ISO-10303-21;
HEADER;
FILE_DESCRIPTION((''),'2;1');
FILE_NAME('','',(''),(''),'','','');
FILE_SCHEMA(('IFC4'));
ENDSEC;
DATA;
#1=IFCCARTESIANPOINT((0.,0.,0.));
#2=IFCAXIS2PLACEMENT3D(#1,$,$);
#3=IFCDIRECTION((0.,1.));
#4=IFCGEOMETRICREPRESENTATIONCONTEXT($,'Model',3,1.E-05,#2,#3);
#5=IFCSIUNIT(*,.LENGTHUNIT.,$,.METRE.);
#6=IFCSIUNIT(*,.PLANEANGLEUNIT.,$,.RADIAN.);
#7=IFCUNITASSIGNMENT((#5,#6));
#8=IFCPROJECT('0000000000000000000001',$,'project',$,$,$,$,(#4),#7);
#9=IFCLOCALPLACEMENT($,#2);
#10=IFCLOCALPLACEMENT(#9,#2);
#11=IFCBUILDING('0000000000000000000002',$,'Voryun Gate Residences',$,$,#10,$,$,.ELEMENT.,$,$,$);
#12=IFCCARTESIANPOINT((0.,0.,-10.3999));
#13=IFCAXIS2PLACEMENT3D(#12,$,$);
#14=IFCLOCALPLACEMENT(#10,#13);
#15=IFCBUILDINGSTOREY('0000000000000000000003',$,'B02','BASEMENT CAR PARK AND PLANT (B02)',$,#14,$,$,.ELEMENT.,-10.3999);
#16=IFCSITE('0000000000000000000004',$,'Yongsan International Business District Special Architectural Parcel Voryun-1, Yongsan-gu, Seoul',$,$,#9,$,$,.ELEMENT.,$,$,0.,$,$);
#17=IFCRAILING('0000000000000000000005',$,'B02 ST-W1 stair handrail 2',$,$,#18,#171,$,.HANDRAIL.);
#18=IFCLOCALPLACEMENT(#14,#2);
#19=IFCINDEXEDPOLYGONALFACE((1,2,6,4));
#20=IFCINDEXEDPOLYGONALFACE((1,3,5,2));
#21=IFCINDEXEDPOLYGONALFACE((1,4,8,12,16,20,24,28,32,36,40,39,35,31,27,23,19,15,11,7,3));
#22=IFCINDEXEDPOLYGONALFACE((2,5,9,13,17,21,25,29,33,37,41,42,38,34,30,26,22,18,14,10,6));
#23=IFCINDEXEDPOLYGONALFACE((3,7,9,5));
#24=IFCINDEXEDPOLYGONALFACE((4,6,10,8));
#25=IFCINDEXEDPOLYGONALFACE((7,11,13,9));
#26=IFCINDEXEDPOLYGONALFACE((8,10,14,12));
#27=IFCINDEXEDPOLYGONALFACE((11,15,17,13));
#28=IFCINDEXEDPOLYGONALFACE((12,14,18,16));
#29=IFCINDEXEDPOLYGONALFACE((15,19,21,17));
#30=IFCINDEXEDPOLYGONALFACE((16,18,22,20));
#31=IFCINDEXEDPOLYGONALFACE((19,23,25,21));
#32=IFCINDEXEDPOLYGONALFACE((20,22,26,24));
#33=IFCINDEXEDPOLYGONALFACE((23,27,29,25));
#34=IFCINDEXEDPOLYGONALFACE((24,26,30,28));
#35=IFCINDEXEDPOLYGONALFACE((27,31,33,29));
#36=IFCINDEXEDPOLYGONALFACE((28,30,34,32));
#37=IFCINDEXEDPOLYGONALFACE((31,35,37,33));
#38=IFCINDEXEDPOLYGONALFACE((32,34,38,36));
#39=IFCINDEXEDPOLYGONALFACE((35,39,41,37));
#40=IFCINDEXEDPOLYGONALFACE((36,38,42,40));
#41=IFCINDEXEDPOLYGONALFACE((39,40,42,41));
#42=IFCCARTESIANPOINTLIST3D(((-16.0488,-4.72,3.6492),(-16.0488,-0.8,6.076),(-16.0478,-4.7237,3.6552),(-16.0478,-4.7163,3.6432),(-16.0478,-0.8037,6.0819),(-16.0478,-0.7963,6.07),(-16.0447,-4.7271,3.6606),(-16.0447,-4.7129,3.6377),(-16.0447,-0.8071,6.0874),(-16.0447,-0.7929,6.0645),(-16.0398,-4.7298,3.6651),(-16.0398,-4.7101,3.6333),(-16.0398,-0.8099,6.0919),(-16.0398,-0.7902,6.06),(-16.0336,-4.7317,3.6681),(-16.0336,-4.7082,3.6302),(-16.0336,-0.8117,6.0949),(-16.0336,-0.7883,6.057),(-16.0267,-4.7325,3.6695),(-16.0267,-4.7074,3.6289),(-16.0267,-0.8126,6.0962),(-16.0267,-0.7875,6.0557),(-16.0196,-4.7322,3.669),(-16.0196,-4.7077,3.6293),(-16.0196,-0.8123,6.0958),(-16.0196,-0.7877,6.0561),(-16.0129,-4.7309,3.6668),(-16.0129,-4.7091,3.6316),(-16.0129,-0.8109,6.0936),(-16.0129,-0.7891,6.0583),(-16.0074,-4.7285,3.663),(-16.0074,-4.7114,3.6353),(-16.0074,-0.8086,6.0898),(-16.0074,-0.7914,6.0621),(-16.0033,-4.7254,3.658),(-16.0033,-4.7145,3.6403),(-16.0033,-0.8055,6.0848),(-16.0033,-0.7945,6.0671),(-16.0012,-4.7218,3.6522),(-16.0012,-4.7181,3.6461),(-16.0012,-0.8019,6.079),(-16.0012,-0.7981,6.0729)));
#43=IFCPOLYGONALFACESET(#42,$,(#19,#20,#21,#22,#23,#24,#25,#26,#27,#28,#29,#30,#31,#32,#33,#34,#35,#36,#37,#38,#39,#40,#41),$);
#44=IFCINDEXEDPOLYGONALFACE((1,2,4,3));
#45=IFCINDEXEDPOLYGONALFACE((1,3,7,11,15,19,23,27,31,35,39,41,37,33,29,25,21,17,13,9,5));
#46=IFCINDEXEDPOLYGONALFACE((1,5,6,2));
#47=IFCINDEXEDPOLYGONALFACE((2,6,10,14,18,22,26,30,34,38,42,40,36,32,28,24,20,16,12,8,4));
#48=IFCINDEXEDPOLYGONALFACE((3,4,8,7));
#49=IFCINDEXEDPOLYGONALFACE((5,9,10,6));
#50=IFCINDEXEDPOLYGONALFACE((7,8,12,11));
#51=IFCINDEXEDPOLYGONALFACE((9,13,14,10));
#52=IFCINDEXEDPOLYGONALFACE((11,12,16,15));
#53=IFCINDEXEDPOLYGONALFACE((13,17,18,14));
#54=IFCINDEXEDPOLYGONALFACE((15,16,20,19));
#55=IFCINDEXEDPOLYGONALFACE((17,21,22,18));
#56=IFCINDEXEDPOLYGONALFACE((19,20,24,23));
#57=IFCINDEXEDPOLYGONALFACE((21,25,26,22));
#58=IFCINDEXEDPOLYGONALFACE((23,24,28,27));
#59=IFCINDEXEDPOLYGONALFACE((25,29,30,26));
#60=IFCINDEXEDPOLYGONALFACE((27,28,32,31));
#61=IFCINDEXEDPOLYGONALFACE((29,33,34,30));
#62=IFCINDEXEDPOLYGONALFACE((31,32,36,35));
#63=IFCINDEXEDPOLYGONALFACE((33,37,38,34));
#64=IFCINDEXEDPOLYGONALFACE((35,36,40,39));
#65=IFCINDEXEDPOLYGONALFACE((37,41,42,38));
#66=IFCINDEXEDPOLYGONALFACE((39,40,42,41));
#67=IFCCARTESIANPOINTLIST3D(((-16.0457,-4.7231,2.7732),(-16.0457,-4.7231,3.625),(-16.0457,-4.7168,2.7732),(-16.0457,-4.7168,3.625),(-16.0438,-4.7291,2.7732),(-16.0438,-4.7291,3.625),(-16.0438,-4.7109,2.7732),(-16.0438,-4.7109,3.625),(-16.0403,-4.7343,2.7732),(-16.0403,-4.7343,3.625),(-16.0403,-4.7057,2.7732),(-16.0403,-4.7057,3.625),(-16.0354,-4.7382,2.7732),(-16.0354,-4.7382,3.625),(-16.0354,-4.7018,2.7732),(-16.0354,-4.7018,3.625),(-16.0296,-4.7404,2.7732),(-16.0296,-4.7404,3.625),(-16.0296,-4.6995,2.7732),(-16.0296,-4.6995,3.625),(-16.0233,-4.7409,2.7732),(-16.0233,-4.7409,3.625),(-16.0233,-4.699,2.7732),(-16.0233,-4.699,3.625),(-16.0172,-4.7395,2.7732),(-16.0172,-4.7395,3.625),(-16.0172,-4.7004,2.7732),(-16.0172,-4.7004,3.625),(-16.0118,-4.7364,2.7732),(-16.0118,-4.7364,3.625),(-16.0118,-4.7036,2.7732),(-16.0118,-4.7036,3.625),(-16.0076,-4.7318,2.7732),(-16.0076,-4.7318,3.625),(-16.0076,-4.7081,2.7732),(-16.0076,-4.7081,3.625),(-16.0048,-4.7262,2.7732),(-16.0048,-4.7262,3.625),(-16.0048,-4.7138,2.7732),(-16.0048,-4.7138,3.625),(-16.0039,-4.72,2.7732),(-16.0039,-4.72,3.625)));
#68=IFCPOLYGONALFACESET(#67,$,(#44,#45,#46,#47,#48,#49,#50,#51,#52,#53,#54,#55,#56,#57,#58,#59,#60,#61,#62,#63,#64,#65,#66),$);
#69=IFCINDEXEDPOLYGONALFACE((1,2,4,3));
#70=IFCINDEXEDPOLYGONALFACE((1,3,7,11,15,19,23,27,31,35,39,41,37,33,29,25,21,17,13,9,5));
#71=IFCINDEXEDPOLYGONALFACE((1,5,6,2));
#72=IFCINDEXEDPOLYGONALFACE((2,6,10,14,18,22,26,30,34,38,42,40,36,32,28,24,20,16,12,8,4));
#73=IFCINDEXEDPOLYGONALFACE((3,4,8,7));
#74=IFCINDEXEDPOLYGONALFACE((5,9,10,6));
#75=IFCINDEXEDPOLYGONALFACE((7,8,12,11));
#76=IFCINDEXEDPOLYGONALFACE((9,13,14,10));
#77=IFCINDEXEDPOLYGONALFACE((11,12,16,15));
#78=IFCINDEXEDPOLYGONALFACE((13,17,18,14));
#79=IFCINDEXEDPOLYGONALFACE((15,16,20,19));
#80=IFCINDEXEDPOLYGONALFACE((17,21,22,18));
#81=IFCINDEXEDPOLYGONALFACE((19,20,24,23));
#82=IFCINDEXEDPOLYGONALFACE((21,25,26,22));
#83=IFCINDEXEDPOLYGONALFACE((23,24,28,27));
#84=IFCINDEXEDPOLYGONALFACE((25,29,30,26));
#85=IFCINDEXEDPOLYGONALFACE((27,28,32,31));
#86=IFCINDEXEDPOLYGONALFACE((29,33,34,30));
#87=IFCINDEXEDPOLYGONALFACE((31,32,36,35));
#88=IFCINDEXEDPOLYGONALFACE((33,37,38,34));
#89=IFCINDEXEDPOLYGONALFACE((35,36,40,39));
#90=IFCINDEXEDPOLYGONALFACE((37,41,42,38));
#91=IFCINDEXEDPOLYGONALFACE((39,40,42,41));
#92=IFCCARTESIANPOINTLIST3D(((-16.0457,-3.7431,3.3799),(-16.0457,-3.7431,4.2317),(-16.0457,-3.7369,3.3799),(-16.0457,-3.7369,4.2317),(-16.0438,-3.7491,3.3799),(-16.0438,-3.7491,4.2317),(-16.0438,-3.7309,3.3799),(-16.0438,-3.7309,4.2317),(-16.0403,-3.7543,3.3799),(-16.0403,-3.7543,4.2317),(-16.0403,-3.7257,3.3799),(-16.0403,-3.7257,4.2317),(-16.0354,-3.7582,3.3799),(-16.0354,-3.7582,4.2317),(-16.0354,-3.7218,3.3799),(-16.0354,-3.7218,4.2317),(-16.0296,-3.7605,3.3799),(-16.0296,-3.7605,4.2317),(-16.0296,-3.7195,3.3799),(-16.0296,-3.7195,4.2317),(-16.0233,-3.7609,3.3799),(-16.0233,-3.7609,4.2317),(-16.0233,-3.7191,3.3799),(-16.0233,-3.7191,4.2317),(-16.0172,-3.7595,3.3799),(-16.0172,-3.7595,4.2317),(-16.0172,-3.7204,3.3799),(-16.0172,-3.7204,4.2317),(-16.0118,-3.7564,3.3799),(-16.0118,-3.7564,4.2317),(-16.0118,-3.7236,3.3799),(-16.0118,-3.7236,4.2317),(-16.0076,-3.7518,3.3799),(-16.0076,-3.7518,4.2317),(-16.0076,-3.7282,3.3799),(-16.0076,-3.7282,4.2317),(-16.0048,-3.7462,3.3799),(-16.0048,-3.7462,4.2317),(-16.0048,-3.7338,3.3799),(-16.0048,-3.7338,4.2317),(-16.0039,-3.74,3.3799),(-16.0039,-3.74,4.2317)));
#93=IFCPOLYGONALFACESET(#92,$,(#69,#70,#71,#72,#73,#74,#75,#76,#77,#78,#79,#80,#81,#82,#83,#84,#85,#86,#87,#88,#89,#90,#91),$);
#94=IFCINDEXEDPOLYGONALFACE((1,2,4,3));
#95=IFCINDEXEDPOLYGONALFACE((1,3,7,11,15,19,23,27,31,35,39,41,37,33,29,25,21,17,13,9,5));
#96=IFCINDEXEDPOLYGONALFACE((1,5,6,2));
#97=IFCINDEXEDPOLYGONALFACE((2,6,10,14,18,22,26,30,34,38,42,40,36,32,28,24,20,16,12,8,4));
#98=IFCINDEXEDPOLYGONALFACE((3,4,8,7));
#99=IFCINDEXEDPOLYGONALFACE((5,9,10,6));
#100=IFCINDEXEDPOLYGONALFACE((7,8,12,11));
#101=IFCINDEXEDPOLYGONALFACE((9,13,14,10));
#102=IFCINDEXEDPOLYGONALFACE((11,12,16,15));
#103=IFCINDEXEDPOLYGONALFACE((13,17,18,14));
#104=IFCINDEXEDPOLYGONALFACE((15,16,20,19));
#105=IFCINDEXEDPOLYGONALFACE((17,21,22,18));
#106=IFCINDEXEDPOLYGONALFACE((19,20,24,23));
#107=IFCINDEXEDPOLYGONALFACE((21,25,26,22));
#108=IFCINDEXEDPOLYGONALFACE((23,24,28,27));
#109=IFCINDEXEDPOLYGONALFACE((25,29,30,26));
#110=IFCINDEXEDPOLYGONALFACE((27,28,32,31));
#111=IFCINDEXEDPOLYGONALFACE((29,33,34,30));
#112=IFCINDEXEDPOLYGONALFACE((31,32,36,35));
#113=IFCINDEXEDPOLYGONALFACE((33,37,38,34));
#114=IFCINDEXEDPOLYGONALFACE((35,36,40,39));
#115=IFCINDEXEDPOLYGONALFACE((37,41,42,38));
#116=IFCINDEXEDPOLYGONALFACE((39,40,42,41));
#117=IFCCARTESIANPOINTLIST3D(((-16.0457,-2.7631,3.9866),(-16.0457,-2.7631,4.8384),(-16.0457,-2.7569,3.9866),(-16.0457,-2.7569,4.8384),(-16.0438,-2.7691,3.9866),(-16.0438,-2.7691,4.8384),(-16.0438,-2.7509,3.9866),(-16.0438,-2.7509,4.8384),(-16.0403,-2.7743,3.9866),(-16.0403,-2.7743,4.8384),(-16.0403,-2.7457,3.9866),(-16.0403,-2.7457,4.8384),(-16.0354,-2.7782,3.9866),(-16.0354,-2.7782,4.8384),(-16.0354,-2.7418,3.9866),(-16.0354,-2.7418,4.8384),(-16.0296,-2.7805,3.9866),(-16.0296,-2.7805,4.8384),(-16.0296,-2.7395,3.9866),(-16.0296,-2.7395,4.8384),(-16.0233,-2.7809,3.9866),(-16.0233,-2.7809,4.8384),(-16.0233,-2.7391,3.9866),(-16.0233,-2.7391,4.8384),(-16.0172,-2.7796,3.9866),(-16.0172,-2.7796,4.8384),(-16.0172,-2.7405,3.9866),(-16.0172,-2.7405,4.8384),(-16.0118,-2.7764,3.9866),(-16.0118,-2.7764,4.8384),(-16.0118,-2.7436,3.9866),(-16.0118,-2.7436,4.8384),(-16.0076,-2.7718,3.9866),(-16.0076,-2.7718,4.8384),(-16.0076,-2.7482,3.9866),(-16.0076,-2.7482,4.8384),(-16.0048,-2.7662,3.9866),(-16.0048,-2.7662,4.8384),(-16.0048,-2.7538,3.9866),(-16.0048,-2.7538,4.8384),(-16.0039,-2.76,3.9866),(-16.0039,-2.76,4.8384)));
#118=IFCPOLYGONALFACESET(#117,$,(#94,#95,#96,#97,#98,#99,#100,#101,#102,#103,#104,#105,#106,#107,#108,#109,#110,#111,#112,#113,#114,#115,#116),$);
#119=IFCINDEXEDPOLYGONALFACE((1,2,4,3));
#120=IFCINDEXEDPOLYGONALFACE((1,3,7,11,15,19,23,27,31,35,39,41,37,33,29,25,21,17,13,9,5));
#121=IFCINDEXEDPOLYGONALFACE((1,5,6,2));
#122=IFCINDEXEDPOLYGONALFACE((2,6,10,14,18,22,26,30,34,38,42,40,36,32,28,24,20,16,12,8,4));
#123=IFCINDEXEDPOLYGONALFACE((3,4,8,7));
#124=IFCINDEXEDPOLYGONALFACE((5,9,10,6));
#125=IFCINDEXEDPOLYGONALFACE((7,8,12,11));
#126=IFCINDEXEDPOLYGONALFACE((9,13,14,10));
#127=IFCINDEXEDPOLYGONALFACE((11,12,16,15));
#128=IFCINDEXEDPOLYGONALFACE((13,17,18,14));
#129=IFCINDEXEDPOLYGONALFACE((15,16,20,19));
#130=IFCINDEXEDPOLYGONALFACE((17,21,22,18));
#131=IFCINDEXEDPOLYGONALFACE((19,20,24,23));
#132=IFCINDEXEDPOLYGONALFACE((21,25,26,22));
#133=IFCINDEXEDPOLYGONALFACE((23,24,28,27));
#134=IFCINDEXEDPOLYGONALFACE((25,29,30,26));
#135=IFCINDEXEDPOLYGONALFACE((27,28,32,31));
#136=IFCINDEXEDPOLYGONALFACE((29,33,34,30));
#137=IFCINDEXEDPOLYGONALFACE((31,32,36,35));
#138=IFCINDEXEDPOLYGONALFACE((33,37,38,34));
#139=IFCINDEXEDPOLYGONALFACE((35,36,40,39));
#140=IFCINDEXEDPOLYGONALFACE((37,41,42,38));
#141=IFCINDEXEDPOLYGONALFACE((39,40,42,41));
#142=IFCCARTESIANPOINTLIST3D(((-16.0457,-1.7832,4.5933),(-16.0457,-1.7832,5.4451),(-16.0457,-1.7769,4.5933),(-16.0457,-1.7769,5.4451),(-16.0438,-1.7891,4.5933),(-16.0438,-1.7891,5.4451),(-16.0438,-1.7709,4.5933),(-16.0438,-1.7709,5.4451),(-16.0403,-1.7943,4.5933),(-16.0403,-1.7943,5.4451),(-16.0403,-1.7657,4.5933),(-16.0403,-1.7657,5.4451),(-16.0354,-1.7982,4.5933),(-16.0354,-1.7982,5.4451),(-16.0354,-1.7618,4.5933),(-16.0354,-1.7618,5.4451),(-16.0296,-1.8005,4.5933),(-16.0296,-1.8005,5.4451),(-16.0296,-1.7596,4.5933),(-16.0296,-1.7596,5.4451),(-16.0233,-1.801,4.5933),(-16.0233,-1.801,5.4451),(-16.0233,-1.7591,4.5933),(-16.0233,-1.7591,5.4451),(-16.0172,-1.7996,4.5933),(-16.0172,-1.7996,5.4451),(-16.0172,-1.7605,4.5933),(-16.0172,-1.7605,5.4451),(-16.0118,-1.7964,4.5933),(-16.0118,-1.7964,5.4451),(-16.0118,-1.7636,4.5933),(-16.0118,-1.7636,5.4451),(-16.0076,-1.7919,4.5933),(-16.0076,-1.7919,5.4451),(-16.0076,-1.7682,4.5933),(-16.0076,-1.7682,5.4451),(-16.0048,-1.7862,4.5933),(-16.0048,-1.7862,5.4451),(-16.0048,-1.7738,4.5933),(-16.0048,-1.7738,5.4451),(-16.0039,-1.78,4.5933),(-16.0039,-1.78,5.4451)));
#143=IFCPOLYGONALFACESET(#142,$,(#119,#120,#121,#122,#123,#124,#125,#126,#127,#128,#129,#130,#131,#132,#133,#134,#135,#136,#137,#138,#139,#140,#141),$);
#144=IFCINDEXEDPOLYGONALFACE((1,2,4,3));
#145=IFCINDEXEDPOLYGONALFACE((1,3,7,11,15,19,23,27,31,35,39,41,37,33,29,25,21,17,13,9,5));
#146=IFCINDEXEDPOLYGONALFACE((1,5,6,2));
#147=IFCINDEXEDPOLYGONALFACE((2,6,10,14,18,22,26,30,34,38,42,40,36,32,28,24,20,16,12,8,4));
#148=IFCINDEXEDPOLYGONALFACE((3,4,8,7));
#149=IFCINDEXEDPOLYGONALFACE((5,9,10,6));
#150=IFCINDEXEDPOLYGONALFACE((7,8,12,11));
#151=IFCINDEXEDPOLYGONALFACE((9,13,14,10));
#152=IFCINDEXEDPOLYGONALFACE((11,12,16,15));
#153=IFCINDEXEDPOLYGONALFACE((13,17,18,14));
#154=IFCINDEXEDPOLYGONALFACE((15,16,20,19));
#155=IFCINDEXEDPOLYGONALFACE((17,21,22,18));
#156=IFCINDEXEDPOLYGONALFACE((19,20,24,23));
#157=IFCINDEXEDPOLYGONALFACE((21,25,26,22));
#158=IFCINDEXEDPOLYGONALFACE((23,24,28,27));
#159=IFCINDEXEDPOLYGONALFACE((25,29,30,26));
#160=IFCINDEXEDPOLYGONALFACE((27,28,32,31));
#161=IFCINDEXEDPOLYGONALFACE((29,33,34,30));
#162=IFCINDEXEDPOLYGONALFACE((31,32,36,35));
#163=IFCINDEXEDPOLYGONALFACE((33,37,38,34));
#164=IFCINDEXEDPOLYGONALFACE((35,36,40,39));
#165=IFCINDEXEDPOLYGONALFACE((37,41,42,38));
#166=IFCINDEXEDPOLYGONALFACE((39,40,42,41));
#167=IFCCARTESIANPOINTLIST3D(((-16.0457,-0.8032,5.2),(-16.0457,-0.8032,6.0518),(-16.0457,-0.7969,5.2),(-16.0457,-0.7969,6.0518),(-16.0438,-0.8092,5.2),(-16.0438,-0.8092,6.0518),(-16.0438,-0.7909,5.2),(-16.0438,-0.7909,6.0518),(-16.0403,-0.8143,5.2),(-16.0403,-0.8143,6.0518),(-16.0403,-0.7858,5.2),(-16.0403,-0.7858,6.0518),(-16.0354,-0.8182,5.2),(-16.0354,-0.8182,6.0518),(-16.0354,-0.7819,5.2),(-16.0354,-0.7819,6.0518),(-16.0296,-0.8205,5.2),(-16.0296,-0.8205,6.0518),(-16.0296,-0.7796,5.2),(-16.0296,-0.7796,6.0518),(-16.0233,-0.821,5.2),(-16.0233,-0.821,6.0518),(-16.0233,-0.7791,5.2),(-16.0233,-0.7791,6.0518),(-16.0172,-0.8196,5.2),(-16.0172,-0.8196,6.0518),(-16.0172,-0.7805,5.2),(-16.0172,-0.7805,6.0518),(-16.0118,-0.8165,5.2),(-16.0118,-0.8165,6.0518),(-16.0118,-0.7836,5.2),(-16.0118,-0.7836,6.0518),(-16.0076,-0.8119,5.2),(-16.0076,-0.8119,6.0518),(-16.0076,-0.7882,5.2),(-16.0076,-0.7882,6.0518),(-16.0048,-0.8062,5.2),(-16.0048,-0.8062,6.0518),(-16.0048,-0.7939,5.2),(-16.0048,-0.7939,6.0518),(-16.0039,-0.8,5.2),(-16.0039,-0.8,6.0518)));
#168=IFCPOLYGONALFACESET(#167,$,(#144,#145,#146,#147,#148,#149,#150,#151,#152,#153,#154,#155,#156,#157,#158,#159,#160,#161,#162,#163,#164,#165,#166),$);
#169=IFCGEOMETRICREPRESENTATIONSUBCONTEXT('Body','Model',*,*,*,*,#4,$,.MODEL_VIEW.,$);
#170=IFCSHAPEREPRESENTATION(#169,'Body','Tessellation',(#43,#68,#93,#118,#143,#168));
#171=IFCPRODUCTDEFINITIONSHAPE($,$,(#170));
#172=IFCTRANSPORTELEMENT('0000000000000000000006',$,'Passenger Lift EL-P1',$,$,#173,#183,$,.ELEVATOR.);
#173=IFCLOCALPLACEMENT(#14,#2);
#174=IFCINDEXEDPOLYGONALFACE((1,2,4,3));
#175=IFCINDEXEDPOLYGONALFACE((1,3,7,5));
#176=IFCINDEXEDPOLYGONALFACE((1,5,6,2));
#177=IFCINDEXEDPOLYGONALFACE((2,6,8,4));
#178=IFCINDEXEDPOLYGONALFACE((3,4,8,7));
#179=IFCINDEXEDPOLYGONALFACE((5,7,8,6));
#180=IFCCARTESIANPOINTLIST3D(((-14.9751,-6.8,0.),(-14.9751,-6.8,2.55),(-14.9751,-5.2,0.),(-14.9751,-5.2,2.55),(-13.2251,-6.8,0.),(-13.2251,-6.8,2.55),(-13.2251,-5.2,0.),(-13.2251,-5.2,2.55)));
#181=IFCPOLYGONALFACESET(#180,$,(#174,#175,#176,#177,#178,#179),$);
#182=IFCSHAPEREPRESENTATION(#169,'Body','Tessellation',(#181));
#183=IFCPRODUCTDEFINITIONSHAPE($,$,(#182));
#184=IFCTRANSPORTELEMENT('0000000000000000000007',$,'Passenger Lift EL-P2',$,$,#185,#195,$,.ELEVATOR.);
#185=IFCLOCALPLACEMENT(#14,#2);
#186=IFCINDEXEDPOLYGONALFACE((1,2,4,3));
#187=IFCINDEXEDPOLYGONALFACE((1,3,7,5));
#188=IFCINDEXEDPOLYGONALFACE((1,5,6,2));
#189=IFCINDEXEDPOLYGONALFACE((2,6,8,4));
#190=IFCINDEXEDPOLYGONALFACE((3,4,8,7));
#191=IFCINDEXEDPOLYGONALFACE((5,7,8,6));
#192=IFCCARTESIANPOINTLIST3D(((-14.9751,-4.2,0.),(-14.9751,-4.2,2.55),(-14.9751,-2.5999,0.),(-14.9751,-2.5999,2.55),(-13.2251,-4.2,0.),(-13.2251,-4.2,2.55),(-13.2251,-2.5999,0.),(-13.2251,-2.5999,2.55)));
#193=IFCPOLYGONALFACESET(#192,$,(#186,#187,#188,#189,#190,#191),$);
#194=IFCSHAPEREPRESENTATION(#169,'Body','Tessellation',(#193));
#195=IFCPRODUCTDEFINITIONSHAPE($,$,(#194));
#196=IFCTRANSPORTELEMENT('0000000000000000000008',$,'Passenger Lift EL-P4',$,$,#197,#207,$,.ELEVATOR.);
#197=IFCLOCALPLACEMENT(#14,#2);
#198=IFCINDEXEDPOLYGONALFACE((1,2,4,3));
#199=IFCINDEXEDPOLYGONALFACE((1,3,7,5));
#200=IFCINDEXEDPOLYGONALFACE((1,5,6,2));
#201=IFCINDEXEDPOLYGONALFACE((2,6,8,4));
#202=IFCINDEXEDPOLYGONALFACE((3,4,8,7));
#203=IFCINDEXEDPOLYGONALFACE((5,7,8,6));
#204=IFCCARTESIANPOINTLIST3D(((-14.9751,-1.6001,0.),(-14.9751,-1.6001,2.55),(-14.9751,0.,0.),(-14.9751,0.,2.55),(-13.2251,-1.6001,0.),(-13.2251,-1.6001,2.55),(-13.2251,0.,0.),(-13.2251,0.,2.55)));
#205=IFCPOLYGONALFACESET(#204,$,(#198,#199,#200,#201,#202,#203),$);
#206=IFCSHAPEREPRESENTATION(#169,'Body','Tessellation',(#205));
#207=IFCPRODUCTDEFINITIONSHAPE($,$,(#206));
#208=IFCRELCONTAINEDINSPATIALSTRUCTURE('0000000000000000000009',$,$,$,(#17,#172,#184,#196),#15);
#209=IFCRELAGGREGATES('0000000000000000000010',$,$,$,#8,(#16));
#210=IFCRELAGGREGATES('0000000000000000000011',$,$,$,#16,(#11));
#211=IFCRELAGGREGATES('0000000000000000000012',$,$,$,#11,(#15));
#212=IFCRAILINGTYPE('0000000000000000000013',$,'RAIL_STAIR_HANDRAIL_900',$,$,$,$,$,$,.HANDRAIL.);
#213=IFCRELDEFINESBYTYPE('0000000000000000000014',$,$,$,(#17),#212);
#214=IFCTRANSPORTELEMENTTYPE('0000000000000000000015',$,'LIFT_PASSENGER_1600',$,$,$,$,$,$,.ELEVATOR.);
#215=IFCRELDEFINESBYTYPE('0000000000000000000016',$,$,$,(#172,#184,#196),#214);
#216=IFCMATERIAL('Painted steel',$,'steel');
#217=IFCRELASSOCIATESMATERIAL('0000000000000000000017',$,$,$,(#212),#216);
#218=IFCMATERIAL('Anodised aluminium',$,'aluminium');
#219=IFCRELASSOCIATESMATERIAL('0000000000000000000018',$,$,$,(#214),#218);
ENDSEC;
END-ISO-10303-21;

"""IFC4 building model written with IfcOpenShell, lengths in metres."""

from ifc_helpers import new_model, si_unit, direction, frame, origin, origin_2d, place, context, subcontext, project, spatial, rectangle, circle, extrude, material, type_object, element, save


model = new_model("IFC4")

# Units and contexts
model_context = context("Model", 3, precision=1e-05, world=origin(), true_north=direction((0.0, 1.0)))
body_context = subcontext(model_context, "Body", "Model", "MODEL_VIEW")
ifc_project = project(units=[si_unit("LENGTHUNIT", "METRE"), si_unit("PLANEANGLEUNIT", "RADIAN")], contexts=[model_context])

# Site, building, storey
site_placement = place(None, origin())
site = spatial("IfcSite", under=ifc_project, at=site_placement, Name="Yongsan International Business District Special Architectural Parcel Voryun-1, Yongsan-gu, Seoul", CompositionType="ELEMENT", RefElevation=0.0)
building_placement = place(site_placement, origin())
building = spatial("IfcBuilding", under=site, at=building_placement, Name="Voryun Gate Residences", CompositionType="ELEMENT")
storey_placement = place(building_placement, frame((0.0, 0.0, -10.3999)))
storey = spatial("IfcBuildingStorey", under=building, at=storey_placement, Name="B02", Description="BASEMENT CAR PARK AND PLANT (B02)", CompositionType="ELEMENT", Elevation=-10.3999)

# Railing
ifc_material_1 = material(Name="Painted steel", Category="steel")
railing_type_1 = type_object("IfcRailingType", Name="RAIL_STAIR_HANDRAIL_900", PredefinedType="HANDRAIL", material=ifc_material_1)
railing_1_placement = place(storey_placement, frame((-16.0249, -4.72, 2.7732)))
element("IfcRailing", 1, at=railing_1_placement, inside=storey, type_object=railing_type_1, Name="B02 ST-W1 stair handrail 2", PredefinedType="HANDRAIL", context=body_context, shape_type="SweptSolid", body=[
    extrude(circle(Radius=0.0239, at=origin_2d()), frame((0.0, 0.0, 0.876), z_axis=(0.0, 0.850252, 0.526376), x_axis=(-1.0, 0.0, 0.0)), (0.0, 0.0, 1.0), 4.6104),
    extrude(circle(Radius=0.021, at=origin_2d()), origin(), (0.0, 0.0, 1.0), 0.8518),
    extrude(circle(Radius=0.021, at=origin_2d()), frame((0.0, 0.98, 0.6067)), (0.0, 0.0, 1.0), 0.8518),
    extrude(circle(Radius=0.021, at=origin_2d()), frame((0.0, 1.96, 1.2134)), (0.0, 0.0, 1.0), 0.8518),
    extrude(circle(Radius=0.021, at=origin_2d()), frame((0.0, 2.9399, 1.8201)), (0.0, 0.0, 1.0), 0.8518),
    extrude(circle(Radius=0.021, at=origin_2d()), frame((0.0, 3.9199, 2.4268)), (0.0, 0.0, 1.0), 0.8518),
])

# Transport elements
ifc_material_2 = material(Name="Anodised aluminium", Category="aluminium")
transport_element_type = type_object("IfcTransportElementType", Name="LIFT_PASSENGER_1600", PredefinedType="ELEVATOR", material=ifc_material_2)
for number, where, z_axis, x_axis, name in (
    (2, (-14.1001, -6.0, 0.0), (0.0, 0.0, 1.0), (1.0, 0.0, 0.0), "Passenger Lift EL-P1"),
    (3, (-14.1001, -3.3999, 0.0), (0.0, 0.0, 1.0), (1.0, 0.0, 0.0), "Passenger Lift EL-P2"),
    (4, (-14.1001, -0.8, 0.0), (0.0, 0.0, 1.0), (1.0, 0.0, 0.0), "Passenger Lift EL-P4"),
):
    element("IfcTransportElement", number, at=place(storey_placement, frame(where, z_axis=z_axis, x_axis=x_axis)), inside=storey, type_object=transport_element_type, Name=name, PredefinedType="ELEVATOR", context=body_context, shape_type="SweptSolid", body=[
        extrude(rectangle(XDim=1.75, YDim=1.6001, at=origin_2d()), origin(), (0.0, 0.0, 1.0), 2.55),
    ])

save(model, "model.ifc")
